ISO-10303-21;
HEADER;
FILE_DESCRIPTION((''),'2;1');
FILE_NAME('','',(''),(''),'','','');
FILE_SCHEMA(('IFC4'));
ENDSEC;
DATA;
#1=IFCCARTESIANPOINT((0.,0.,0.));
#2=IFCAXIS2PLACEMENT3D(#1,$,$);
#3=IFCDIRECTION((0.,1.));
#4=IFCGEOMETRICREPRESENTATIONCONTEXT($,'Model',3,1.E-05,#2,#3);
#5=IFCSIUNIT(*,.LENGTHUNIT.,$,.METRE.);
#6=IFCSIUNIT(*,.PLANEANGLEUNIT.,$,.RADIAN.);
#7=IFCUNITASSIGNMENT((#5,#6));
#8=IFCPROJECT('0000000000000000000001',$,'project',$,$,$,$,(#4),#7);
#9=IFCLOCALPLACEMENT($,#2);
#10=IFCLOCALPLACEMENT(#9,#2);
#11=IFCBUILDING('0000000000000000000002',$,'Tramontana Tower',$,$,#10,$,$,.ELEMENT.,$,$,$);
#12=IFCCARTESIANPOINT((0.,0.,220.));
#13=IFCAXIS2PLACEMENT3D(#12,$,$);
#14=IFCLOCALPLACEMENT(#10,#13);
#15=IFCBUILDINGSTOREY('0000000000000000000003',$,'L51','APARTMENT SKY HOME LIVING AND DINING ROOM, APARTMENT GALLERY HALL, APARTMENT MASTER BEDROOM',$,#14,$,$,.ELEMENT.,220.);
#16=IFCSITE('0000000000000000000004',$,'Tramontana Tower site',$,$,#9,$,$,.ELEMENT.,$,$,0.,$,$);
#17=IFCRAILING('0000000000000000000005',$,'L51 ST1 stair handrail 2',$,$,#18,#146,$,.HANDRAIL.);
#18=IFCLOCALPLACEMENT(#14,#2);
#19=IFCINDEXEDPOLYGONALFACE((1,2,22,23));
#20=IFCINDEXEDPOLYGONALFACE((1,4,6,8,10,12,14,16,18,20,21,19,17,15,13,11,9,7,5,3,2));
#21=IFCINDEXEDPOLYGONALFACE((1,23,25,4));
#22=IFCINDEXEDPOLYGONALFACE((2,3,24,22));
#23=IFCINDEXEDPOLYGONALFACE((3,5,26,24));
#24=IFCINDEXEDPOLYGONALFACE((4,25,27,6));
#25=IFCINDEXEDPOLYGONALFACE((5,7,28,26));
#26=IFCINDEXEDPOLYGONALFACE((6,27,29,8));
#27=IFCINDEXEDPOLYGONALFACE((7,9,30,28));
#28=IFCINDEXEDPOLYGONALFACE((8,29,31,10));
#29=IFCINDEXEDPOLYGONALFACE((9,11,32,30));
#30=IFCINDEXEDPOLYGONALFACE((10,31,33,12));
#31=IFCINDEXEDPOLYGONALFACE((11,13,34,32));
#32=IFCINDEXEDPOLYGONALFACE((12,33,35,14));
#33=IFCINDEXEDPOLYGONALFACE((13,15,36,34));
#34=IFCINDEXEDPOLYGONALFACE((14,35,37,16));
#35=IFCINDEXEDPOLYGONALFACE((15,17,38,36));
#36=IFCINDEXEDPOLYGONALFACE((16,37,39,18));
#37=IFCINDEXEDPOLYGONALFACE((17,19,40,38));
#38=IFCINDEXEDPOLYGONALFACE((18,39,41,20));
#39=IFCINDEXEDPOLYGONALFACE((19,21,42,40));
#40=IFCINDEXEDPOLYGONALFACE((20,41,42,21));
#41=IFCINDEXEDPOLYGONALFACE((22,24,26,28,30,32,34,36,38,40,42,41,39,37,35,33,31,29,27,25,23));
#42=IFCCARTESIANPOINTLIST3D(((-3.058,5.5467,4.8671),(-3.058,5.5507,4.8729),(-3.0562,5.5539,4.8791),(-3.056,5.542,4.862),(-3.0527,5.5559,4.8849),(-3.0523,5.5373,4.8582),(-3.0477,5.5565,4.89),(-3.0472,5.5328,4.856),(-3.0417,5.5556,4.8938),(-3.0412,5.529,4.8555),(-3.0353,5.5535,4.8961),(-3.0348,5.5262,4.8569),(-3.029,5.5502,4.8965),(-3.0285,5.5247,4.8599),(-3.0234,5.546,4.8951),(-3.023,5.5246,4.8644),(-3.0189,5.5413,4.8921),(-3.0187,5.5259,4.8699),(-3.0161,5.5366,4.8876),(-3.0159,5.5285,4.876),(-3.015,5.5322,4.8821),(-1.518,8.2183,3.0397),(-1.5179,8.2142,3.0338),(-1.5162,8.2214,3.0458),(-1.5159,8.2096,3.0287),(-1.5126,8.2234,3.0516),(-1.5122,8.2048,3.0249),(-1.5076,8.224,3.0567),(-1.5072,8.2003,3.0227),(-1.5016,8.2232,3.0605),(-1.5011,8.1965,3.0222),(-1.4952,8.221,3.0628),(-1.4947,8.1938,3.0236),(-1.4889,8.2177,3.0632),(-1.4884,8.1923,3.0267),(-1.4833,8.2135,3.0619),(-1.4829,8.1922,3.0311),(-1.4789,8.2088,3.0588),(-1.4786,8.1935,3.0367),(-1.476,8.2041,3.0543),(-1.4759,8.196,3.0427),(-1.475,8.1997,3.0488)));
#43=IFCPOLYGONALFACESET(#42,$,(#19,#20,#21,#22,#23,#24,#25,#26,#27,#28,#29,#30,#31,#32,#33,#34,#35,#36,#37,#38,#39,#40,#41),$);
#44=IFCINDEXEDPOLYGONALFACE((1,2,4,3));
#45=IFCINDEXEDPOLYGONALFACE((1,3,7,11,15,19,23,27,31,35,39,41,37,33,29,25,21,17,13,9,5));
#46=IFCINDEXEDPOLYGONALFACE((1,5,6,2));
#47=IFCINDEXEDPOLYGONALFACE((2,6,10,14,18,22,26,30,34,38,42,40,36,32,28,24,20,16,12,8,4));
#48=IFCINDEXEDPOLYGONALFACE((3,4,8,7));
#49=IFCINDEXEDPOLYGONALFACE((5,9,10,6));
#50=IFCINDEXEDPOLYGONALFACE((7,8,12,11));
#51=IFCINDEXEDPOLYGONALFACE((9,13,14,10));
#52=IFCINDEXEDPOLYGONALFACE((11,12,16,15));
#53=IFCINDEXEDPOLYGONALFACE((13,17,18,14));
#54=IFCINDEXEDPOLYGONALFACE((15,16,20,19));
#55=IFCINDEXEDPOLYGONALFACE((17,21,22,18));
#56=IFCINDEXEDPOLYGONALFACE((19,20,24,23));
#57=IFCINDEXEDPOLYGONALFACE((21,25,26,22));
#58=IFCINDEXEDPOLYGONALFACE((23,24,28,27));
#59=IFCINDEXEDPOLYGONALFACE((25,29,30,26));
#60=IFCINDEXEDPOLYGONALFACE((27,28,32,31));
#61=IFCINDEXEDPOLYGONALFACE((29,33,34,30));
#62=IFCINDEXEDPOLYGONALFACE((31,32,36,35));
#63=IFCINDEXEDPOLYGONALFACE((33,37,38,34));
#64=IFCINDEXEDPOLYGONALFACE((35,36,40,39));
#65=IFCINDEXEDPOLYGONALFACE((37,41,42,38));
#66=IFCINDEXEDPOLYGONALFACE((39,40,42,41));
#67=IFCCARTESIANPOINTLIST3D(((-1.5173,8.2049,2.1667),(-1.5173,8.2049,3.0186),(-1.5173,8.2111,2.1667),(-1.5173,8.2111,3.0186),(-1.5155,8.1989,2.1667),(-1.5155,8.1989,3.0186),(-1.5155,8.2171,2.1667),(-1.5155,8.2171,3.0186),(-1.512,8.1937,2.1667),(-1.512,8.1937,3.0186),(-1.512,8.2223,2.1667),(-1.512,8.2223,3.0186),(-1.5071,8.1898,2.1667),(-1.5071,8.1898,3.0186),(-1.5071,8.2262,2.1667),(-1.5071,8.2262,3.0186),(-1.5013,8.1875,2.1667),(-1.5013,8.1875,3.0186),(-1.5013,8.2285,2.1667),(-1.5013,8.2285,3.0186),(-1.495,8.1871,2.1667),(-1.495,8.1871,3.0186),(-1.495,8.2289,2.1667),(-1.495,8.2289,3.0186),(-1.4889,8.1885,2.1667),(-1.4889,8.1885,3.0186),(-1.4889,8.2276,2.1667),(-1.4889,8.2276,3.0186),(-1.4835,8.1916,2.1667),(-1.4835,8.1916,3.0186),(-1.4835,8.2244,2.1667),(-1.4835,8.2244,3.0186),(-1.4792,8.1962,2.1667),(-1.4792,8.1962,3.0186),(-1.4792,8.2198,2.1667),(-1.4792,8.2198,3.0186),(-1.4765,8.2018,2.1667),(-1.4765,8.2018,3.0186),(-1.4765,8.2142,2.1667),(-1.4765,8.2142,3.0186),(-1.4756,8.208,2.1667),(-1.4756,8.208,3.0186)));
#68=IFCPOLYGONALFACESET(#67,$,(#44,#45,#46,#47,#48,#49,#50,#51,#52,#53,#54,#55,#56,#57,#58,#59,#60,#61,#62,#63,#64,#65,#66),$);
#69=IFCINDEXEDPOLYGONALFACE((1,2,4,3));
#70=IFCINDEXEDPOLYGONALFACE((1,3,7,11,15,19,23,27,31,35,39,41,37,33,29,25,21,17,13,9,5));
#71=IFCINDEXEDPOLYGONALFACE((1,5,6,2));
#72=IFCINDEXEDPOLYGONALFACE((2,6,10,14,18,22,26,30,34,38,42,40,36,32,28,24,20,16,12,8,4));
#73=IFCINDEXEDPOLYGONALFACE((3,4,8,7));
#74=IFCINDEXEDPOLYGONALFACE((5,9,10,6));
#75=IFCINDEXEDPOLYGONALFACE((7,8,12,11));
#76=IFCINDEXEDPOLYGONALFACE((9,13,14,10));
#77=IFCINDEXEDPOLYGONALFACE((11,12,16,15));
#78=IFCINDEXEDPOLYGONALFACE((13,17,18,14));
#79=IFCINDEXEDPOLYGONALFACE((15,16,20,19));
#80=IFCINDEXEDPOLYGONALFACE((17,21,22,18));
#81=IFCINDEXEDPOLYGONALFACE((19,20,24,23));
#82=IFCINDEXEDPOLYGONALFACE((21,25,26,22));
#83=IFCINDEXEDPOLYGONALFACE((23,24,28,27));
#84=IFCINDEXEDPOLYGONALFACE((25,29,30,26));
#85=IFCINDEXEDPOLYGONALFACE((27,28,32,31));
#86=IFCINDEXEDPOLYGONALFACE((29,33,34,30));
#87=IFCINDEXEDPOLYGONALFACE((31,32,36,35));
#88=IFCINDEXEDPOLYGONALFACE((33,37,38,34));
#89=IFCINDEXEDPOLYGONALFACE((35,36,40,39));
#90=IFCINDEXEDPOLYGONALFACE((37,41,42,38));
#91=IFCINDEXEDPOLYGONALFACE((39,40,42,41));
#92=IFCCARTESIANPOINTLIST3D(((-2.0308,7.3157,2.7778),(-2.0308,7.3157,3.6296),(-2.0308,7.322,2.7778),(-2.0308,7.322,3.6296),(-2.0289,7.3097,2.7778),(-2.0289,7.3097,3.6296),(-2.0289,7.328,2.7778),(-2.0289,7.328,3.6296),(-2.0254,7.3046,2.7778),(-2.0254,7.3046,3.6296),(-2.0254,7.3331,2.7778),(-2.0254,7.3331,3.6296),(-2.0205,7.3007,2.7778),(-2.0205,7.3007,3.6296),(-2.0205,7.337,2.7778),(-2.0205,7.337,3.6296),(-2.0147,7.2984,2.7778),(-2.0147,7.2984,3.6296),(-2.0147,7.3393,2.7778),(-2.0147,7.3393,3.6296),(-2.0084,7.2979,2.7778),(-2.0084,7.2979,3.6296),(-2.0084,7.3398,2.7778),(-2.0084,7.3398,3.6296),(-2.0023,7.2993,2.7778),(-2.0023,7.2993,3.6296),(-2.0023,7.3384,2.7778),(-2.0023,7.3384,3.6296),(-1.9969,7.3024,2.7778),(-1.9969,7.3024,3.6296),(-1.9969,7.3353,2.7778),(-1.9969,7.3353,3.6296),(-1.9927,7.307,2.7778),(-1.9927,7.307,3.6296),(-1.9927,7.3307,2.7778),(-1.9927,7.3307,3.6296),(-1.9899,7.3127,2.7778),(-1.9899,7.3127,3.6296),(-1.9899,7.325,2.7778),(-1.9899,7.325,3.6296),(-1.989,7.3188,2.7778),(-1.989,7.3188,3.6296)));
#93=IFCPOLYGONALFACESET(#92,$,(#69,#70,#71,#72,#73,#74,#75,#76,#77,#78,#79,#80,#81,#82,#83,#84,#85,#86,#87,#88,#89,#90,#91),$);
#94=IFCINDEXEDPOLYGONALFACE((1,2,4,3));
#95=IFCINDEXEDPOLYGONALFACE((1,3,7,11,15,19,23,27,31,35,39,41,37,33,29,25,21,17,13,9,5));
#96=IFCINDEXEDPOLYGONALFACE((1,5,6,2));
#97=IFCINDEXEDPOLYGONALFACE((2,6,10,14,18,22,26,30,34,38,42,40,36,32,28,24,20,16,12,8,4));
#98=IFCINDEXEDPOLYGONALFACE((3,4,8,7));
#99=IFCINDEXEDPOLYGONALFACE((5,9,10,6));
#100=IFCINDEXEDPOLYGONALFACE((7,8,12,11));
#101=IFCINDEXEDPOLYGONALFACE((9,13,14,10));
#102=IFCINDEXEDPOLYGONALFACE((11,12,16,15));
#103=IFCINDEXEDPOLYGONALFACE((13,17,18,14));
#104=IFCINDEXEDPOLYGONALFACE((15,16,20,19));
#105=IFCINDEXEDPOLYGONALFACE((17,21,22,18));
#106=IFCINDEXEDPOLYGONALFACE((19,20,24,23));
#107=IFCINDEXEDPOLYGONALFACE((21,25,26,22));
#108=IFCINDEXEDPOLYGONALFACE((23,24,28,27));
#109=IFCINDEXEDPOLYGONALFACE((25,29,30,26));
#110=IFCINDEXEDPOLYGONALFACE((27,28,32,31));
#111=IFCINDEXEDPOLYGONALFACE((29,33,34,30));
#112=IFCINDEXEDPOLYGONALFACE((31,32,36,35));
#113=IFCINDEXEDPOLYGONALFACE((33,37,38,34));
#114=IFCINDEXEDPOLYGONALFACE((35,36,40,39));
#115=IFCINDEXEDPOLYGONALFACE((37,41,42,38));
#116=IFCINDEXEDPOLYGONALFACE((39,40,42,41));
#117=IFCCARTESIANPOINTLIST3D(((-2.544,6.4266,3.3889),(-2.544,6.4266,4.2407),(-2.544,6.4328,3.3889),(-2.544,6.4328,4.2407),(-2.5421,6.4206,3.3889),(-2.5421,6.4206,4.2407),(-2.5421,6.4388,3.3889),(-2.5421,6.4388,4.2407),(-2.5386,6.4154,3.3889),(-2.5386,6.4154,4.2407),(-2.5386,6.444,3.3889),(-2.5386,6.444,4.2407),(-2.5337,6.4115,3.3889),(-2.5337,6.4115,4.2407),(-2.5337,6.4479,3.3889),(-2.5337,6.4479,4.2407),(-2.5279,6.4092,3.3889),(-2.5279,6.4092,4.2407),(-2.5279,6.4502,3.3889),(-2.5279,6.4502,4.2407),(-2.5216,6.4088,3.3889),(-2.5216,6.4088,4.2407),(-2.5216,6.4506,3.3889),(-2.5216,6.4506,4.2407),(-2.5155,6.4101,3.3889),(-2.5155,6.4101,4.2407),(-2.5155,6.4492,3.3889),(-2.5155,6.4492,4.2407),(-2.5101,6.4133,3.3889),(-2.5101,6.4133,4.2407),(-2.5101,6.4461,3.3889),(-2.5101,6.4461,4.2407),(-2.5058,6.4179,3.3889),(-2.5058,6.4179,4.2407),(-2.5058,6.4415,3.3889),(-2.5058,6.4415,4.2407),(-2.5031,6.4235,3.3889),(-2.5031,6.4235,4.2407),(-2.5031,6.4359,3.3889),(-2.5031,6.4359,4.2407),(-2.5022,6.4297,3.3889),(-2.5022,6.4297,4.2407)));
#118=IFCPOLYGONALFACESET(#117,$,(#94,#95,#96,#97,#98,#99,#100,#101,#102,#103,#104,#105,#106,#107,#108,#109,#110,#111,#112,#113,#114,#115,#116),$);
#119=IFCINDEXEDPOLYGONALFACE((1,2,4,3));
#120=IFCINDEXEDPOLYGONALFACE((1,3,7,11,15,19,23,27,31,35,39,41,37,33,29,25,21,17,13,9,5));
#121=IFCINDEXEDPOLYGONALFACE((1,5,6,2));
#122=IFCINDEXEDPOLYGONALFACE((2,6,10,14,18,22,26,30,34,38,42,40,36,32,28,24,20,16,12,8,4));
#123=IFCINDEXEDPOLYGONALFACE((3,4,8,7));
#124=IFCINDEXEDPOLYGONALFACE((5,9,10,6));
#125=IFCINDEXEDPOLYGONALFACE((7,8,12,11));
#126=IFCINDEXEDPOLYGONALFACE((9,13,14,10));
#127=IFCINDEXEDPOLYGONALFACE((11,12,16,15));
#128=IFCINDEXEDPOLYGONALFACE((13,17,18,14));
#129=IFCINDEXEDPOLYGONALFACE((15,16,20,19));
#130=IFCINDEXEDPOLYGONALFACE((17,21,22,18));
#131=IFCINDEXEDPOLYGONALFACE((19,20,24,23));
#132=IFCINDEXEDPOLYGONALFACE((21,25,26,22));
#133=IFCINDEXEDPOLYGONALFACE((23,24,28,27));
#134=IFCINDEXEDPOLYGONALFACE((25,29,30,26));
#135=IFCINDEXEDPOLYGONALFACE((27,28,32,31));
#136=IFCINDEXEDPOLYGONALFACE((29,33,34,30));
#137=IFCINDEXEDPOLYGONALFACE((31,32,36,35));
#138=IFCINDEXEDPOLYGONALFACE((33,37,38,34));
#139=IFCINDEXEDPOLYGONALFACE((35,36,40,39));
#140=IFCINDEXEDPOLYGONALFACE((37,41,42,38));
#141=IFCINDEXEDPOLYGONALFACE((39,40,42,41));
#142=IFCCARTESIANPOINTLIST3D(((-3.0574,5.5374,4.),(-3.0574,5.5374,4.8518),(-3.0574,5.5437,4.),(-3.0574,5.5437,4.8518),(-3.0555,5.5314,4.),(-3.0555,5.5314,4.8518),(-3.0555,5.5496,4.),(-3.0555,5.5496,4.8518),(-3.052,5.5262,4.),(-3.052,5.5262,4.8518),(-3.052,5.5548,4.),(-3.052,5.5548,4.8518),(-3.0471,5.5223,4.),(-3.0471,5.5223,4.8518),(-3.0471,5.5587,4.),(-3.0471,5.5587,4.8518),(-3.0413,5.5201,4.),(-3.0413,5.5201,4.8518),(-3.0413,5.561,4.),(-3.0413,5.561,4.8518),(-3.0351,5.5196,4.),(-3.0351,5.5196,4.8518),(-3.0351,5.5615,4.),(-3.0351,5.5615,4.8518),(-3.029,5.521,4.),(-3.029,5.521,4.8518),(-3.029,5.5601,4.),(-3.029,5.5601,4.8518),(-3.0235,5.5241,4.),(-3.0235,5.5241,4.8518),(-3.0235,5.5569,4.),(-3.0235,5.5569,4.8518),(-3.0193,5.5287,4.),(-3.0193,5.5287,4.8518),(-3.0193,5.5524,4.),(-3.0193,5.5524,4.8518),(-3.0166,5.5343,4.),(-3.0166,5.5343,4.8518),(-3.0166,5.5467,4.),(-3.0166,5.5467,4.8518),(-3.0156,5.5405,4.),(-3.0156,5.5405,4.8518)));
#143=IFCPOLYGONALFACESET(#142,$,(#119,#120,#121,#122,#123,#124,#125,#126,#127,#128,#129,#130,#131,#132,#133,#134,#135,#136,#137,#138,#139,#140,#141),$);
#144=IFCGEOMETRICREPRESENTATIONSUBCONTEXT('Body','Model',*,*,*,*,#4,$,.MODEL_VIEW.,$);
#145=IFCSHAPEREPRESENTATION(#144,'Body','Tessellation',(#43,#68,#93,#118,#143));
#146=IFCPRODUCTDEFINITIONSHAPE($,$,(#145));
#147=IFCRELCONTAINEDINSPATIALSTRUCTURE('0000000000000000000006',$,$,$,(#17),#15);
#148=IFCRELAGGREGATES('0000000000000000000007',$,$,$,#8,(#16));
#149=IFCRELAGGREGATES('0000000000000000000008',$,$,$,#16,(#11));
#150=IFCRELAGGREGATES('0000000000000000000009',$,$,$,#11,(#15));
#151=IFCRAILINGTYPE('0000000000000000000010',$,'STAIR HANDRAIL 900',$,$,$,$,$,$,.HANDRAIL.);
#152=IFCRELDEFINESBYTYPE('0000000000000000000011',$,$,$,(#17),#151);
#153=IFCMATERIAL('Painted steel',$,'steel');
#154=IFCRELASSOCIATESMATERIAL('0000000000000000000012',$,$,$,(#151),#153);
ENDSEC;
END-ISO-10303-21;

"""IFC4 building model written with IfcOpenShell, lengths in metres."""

from ifc_helpers import new_model, si_unit, direction, frame, origin, origin_2d, place, context, subcontext, project, spatial, circle, extrude, material, type_object, element, save


model = new_model("IFC4")

# Units and contexts
model_context = context("Model", 3, precision=1e-05, world=origin(), true_north=direction((0.0, 1.0)))
body_context = subcontext(model_context, "Body", "Model", "MODEL_VIEW")
ifc_project = project(units=[si_unit("LENGTHUNIT", "METRE"), si_unit("PLANEANGLEUNIT", "RADIAN")], contexts=[model_context])

# Site, building, storey
site_placement = place(None, origin())
site = spatial("IfcSite", under=ifc_project, at=site_placement, Name="Tramontana Tower site", CompositionType="ELEMENT", RefElevation=0.0)
building_placement = place(site_placement, origin())
building = spatial("IfcBuilding", under=site, at=building_placement, Name="Tramontana Tower", CompositionType="ELEMENT")
storey_placement = place(building_placement, frame((0.0, 0.0, 220.0)))
storey = spatial("IfcBuildingStorey", under=building, at=storey_placement, Name="L51", Description="APARTMENT SKY HOME LIVING AND DINING ROOM, APARTMENT GALLERY HALL, APARTMENT MASTER BEDROOM", CompositionType="ELEMENT", Elevation=220.0)

# Railing
ifc_material_1 = material(Name="Painted steel", Category="steel")
railing_type = type_object("IfcRailingType", Name="STAIR HANDRAIL 900", PredefinedType="HANDRAIL", material=ifc_material_1)
railing_placement = place(storey_placement, frame((-1.4966, 8.208, 2.1667)))
element("IfcRailing", 1, at=railing_placement, inside=storey, type_object=railing_type, Name="L51 ST1 stair handrail 2", PredefinedType="HANDRAIL", context=body_context, shape_type="SweptSolid", body=[
    extrude(circle(Radius=0.0239, at=origin_2d()), frame((0.0, 0.0, 0.876), z_axis=(-0.429649, -0.74419, 0.511452), x_axis=(0.86603, -0.499992, 0.0)), (0.0, 0.0, 1.0), 3.5845),
    extrude(circle(Radius=0.021, at=origin_2d()), origin(), (0.0, 0.0, 1.0), 0.8518),
    extrude(circle(Radius=0.021, at=origin_2d()), frame((-0.5134, -0.8892, 0.6111)), (0.0, 0.0, 1.0), 0.8518),
    extrude(circle(Radius=0.021, at=origin_2d()), frame((-1.0266, -1.7783, 1.2222)), (0.0, 0.0, 1.0), 0.8518),
    extrude(circle(Radius=0.021, at=origin_2d()), frame((-1.54, -2.6675, 1.8333)), (0.0, 0.0, 1.0), 0.8518),
])

save(model, "model.ifc")
